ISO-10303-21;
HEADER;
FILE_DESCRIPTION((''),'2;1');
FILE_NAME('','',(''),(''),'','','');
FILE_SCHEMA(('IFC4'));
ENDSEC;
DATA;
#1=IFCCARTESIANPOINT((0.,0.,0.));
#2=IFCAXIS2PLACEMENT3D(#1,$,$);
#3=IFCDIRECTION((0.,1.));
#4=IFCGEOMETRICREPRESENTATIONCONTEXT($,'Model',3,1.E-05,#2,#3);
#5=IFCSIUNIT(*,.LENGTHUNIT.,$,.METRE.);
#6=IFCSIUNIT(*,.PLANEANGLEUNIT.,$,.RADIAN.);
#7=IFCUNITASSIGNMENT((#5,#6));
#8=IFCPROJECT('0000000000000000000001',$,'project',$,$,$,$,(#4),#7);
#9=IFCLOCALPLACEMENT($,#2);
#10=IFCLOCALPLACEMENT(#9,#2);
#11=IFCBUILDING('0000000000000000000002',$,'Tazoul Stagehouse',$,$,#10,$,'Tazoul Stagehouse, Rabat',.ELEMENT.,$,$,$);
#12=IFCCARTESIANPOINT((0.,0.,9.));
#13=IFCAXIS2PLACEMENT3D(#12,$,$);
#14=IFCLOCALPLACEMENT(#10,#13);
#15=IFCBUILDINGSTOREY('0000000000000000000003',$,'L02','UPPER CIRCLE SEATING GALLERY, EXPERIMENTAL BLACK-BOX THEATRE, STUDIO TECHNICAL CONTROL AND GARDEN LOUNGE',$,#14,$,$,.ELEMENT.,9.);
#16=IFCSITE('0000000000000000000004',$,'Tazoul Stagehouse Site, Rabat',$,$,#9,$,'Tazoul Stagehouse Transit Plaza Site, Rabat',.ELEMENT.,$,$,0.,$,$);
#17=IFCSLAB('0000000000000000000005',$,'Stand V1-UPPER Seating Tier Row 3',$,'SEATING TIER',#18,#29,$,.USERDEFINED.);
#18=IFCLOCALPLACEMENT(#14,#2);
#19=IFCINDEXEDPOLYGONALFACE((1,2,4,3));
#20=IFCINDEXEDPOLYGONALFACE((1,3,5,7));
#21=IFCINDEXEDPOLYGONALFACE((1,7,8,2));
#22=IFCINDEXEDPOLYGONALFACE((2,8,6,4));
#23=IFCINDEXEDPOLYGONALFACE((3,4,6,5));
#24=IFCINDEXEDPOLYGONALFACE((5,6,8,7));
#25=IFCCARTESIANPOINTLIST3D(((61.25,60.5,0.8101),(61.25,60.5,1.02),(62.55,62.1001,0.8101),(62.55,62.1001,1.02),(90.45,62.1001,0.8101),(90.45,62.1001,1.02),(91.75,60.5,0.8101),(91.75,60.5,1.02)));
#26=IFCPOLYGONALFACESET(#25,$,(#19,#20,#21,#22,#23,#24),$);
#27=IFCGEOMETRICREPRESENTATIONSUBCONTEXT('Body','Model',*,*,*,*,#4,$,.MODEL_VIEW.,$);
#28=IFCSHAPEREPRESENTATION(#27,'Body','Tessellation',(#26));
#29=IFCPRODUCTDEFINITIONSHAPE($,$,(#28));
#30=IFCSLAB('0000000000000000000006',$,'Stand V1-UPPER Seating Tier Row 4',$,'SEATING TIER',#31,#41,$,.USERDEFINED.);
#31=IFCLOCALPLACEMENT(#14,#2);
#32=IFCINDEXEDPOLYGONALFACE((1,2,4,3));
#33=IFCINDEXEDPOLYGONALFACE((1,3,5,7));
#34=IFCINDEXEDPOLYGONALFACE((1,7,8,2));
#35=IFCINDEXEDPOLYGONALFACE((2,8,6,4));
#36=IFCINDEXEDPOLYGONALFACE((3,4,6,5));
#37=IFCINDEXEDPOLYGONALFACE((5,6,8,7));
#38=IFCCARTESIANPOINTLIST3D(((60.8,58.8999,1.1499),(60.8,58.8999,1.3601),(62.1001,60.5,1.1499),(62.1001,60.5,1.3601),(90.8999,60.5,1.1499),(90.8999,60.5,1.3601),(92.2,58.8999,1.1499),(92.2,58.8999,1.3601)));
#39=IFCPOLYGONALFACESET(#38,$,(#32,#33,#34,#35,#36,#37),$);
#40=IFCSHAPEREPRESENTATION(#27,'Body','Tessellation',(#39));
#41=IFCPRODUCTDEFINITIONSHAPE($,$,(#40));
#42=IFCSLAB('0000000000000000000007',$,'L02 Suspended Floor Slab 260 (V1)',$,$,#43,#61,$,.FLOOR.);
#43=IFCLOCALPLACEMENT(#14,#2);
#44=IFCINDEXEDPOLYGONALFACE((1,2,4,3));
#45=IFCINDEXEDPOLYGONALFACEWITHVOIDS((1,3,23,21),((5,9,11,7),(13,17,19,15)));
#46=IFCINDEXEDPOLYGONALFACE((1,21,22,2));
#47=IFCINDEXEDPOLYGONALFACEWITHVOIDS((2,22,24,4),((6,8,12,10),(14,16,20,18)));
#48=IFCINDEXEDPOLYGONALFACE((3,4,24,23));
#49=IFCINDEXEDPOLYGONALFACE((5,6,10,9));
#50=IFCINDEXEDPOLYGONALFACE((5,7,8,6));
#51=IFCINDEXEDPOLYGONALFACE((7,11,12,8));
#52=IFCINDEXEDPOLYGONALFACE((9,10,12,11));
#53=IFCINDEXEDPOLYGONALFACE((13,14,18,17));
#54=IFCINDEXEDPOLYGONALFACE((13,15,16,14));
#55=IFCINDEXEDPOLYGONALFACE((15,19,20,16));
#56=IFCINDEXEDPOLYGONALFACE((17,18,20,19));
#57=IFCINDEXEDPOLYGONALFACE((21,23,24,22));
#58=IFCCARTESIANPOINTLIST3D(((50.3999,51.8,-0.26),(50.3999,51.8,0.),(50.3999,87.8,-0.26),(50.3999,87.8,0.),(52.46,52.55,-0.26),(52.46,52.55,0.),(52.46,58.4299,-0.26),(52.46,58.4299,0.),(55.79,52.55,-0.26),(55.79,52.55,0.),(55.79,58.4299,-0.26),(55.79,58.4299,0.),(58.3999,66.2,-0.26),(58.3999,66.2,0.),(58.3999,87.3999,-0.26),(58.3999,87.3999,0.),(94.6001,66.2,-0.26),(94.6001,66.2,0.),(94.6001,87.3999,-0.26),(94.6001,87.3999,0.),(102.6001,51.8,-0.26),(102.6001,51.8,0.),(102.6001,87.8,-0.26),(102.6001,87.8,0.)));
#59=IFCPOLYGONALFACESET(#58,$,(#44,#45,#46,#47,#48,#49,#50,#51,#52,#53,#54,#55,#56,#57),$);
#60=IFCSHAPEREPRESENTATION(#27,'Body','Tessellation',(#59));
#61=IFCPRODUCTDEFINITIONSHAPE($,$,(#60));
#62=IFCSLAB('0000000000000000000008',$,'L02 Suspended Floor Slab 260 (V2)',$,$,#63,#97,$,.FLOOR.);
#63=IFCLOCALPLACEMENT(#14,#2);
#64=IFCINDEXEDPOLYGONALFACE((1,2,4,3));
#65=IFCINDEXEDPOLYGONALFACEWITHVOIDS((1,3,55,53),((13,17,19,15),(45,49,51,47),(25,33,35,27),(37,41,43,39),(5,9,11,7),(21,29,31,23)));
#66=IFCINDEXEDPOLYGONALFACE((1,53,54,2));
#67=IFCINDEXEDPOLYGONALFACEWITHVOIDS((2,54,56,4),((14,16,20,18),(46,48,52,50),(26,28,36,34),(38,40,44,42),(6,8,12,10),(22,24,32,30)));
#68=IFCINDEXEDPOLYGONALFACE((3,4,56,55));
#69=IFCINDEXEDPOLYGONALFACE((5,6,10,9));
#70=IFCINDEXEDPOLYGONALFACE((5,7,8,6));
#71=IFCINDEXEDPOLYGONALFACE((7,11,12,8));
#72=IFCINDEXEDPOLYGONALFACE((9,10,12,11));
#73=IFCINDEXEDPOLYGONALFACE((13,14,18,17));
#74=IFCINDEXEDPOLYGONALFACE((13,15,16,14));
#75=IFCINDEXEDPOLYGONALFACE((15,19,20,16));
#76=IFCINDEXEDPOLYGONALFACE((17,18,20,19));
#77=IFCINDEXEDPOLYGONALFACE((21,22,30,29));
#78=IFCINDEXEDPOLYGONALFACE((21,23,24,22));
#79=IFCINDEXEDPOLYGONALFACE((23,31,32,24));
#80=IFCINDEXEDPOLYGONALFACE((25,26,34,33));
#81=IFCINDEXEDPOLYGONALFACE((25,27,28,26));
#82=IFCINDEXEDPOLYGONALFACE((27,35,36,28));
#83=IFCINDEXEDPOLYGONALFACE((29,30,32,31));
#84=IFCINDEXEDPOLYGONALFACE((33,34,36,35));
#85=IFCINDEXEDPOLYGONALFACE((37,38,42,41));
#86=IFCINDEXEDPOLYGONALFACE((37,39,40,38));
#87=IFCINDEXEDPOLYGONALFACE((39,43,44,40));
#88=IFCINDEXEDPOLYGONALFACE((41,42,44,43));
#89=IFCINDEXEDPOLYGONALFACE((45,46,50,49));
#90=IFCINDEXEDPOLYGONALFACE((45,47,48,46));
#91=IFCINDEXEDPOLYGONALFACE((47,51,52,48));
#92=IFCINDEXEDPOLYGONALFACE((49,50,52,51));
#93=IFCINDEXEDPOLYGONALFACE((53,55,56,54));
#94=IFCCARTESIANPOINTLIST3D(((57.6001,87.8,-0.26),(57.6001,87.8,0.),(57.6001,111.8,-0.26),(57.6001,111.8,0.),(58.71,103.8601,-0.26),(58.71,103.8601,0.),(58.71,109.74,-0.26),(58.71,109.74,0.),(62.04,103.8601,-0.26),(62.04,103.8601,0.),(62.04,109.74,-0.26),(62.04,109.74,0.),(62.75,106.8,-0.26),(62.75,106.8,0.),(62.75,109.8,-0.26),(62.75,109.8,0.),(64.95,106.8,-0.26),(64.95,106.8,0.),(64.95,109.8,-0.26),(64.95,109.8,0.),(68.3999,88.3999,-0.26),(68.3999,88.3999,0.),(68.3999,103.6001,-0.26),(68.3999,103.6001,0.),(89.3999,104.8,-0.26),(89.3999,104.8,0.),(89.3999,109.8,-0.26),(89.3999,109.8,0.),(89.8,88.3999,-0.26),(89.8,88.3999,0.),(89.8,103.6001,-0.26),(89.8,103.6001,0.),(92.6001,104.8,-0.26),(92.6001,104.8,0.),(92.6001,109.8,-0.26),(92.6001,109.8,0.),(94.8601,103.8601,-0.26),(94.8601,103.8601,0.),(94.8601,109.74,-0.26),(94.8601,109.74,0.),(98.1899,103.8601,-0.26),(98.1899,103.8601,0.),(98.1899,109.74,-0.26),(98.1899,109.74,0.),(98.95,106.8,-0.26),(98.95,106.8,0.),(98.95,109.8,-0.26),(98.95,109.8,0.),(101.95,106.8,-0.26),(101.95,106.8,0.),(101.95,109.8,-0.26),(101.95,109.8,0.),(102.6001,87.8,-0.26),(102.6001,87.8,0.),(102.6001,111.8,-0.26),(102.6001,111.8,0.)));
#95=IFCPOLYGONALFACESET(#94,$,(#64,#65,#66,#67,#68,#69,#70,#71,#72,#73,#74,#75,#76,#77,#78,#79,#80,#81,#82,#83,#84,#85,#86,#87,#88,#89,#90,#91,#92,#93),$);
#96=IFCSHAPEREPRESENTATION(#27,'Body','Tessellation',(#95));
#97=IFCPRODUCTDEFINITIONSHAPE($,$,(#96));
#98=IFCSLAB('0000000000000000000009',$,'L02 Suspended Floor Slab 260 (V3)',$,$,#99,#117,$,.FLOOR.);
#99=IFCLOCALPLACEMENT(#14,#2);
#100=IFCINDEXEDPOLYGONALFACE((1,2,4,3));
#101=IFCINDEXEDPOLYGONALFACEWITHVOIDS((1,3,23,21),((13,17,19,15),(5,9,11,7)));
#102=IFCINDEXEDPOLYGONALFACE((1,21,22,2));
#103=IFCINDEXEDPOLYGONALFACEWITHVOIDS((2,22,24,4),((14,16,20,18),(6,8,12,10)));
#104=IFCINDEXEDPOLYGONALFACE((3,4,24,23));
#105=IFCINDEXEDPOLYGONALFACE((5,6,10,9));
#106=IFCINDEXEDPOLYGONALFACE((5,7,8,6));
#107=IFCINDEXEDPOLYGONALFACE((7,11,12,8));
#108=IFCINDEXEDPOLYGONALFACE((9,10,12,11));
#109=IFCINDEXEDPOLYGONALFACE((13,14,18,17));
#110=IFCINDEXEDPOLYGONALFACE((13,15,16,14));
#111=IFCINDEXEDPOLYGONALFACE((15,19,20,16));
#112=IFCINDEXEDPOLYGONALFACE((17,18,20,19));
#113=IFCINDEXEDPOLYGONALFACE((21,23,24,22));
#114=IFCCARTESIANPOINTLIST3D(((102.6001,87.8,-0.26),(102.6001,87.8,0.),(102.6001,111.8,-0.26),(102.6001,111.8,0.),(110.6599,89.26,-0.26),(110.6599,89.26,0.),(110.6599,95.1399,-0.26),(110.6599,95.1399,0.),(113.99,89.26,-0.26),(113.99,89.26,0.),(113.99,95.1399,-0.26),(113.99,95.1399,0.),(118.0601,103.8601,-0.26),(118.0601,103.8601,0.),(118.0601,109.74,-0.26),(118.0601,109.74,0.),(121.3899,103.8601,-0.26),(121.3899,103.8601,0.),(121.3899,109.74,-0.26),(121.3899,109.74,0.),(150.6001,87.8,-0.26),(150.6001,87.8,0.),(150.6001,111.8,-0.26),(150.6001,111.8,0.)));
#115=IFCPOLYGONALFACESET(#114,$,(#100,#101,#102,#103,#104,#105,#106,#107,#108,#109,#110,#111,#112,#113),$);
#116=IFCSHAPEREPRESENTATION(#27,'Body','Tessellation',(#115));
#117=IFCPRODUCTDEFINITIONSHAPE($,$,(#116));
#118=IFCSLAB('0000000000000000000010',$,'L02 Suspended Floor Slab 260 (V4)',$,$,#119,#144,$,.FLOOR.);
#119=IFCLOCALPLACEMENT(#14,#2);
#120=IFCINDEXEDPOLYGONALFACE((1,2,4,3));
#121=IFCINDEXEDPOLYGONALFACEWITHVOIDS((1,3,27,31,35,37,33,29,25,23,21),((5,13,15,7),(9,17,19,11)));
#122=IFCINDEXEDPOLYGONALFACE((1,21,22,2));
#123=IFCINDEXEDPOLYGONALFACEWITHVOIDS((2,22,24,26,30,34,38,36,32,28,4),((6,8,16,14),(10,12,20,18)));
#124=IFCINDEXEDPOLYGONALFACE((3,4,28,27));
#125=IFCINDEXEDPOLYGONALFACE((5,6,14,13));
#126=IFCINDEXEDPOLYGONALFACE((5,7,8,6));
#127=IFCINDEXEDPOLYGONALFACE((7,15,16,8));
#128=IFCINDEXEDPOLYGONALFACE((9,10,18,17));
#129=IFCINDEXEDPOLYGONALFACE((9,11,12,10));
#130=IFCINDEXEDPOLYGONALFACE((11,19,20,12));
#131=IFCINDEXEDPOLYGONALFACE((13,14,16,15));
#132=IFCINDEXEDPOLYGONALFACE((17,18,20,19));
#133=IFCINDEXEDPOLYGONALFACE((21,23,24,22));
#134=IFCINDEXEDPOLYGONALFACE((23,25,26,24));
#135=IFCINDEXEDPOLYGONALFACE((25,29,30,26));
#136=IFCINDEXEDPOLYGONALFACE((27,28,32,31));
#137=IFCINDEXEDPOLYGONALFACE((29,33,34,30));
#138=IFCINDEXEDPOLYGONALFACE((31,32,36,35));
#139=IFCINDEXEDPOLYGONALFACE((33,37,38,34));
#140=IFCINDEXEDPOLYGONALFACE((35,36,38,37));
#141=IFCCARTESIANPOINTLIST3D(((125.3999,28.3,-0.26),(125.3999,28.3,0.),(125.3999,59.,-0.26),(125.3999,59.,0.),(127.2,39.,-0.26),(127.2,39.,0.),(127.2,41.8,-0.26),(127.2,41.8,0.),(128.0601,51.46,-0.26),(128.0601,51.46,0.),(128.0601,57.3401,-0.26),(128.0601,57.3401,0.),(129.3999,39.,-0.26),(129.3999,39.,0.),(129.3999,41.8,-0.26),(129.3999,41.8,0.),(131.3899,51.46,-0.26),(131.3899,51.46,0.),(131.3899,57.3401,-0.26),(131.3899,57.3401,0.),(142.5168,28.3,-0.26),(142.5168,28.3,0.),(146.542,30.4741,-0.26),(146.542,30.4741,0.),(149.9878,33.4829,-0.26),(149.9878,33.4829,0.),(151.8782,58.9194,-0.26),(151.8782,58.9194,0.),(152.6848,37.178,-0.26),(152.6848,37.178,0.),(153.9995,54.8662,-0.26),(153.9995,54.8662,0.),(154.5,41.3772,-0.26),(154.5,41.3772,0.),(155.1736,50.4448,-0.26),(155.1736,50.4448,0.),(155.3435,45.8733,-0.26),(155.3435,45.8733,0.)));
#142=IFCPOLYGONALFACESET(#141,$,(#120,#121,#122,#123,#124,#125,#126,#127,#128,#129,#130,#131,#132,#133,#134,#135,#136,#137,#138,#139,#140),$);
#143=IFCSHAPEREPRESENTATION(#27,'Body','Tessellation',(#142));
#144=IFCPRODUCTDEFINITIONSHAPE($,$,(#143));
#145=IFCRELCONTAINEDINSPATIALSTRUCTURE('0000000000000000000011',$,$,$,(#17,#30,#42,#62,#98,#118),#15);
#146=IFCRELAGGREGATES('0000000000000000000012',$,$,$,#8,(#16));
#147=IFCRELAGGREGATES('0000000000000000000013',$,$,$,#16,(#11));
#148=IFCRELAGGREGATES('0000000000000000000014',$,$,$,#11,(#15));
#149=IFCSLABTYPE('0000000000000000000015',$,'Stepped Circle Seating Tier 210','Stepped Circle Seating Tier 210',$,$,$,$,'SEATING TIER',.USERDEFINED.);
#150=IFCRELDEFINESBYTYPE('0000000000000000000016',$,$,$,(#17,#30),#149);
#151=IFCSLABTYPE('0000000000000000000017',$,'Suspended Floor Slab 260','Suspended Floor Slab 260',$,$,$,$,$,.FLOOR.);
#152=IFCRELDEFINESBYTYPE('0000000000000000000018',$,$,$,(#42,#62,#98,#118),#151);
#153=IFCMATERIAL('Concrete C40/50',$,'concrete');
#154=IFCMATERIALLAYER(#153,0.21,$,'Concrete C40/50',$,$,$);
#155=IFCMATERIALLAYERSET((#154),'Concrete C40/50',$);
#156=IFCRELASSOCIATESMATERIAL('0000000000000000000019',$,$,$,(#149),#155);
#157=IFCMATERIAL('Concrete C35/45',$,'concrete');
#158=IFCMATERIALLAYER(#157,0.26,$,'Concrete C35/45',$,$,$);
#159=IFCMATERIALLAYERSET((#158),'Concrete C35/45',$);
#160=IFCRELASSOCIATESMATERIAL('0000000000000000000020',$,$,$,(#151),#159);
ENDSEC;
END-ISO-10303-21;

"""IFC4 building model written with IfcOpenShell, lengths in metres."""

from ifc_helpers import new_model, si_unit, direction, frame, origin, place, context, subcontext, project, spatial, polyline, outline, extrude, material, layer, layer_set, type_object, element, save


model = new_model("IFC4")

# Units and contexts
model_context = context("Model", 3, precision=1e-05, world=origin(), true_north=direction((0.0, 1.0)))
body_context = subcontext(model_context, "Body", "Model", "MODEL_VIEW")
ifc_project = project(units=[si_unit("LENGTHUNIT", "METRE"), si_unit("PLANEANGLEUNIT", "RADIAN")], contexts=[model_context])

# Site, building, storey
site_placement = place(None, origin())
site = spatial("IfcSite", under=ifc_project, at=site_placement, Name="Tazoul Stagehouse Site, Rabat", LongName="Tazoul Stagehouse Transit Plaza Site, Rabat", CompositionType="ELEMENT", RefElevation=0.0)
building_placement = place(site_placement, origin())
building = spatial("IfcBuilding", under=site, at=building_placement, Name="Tazoul Stagehouse", LongName="Tazoul Stagehouse, Rabat", CompositionType="ELEMENT")
storey_placement = place(building_placement, frame((0.0, 0.0, 9.0)))
storey = spatial("IfcBuildingStorey", under=building, at=storey_placement, Name="L02", Description="UPPER CIRCLE SEATING GALLERY, EXPERIMENTAL BLACK-BOX THEATRE, STUDIO TECHNICAL CONTROL AND GARDEN LOUNGE", CompositionType="ELEMENT", Elevation=9.0)

# Shared definitions
ifc_material_1 = material(Name="Concrete C40/50", Category="concrete")

# Slabs
ifc_material_2 = material(Name="Concrete C35/45", Category="concrete")
ifc_layer_1 = layer(ifc_material_1, 0.21, Name="Concrete C40/50")
ifc_layer_set_1 = layer_set([ifc_layer_1], Name="Concrete C40/50")
slab_type_1 = type_object("IfcSlabType", Name="Stepped Circle Seating Tier 210", Description="Stepped Circle Seating Tier 210", ElementType="SEATING TIER", PredefinedType="USERDEFINED", material=ifc_layer_set_1)
slab_1_placement = place(storey_placement, frame((0.0, 0.0, 0.8101)))
element("IfcSlab", 1, at=slab_1_placement, inside=storey, type_object=slab_type_1, Name="Stand V1-UPPER Seating Tier Row 3", ObjectType="SEATING TIER", PredefinedType="USERDEFINED", context=body_context, shape_type="SweptSolid", body=[
    extrude(outline(polyline([(61.25, 60.5), (91.75, 60.5), (90.45, 62.1001), (62.55, 62.1001), (61.25, 60.5)])), origin(), (0.0, 0.0, 1.0), 0.21),
])
slab_2_placement = place(storey_placement, frame((0.0, 0.0, 1.1499)))
element("IfcSlab", 2, at=slab_2_placement, inside=storey, type_object=slab_type_1, Name="Stand V1-UPPER Seating Tier Row 4", ObjectType="SEATING TIER", PredefinedType="USERDEFINED", context=body_context, shape_type="SweptSolid", body=[
    extrude(outline(polyline([(60.8, 58.8999), (92.2, 58.8999), (90.8999, 60.5), (62.1001, 60.5), (60.8, 58.8999)])), origin(), (0.0, 0.0, 1.0), 0.2102),
])
ifc_layer_2 = layer(ifc_material_2, 0.26, Name="Concrete C35/45")
ifc_layer_set_2 = layer_set([ifc_layer_2], Name="Concrete C35/45")
slab_type_2 = type_object("IfcSlabType", Name="Suspended Floor Slab 260", Description="Suspended Floor Slab 260", PredefinedType="FLOOR", material=ifc_layer_set_2)
slab_3_placement = place(storey_placement, frame((0.0, 0.0, -0.26)))
element("IfcSlab", 3, at=slab_3_placement, inside=storey, type_object=slab_type_2, Name="L02 Suspended Floor Slab 260 (V1)", PredefinedType="FLOOR", context=body_context, shape_type="SweptSolid", body=[
    extrude(outline(polyline([(50.3999, 51.8), (50.3999, 87.8), (102.6001, 87.8), (102.6001, 51.8), (50.3999, 51.8)]), holes=[polyline([(55.79, 52.55), (52.46, 52.55), (52.46, 58.4299), (55.79, 58.4299), (55.79, 52.55)]), polyline([(58.3999, 87.3999), (94.6001, 87.3999), (94.6001, 66.2), (58.3999, 66.2), (58.3999, 87.3999)])]), origin(), (0.0, 0.0, 1.0), 0.26),
])
slab_4_placement = place(storey_placement, frame((0.0, 0.0, -0.26)))
element("IfcSlab", 4, at=slab_4_placement, inside=storey, type_object=slab_type_2, Name="L02 Suspended Floor Slab 260 (V2)", PredefinedType="FLOOR", context=body_context, shape_type="SweptSolid", body=[
    extrude(outline(polyline([(57.6001, 87.8), (57.6001, 111.8), (102.6001, 111.8), (102.6001, 87.8), (57.6001, 87.8)]), holes=[polyline([(68.3999, 103.6001), (89.8, 103.6001), (89.8, 88.3999), (68.3999, 88.3999), (68.3999, 103.6001)]), polyline([(58.71, 109.74), (62.04, 109.74), (62.04, 103.8601), (58.71, 103.8601), (58.71, 109.74)]), polyline([(62.75, 109.8), (64.95, 109.8), (64.95, 106.8), (62.75, 106.8), (62.75, 109.8)]), polyline([(94.8601, 109.74), (98.1899, 109.74), (98.1899, 103.8601), (94.8601, 103.8601), (94.8601, 109.74)]), polyline([(89.3999, 109.8), (92.6001, 109.8), (92.6001, 104.8), (89.3999, 104.8), (89.3999, 109.8)]), polyline([(98.95, 109.8), (101.95, 109.8), (101.95, 106.8), (98.95, 106.8), (98.95, 109.8)])]), origin(), (0.0, 0.0, 1.0), 0.26),
])
slab_5_placement = place(storey_placement, frame((0.0, 0.0, -0.26)))
element("IfcSlab", 5, at=slab_5_placement, inside=storey, type_object=slab_type_2, Name="L02 Suspended Floor Slab 260 (V3)", PredefinedType="FLOOR", context=body_context, shape_type="SweptSolid", body=[
    extrude(outline(polyline([(102.6001, 87.8), (102.6001, 111.8), (150.6001, 111.8), (150.6001, 87.8), (102.6001, 87.8)]), holes=[polyline([(113.99, 89.26), (110.6599, 89.26), (110.6599, 95.1399), (113.99, 95.1399), (113.99, 89.26)]), polyline([(118.0601, 103.8601), (118.0601, 109.74), (121.3899, 109.74), (121.3899, 103.8601), (118.0601, 103.8601)])]), origin(), (0.0, 0.0, 1.0), 0.26),
])
slab_6_placement = place(storey_placement, frame((0.0, 0.0, -0.26)))
element("IfcSlab", 6, at=slab_6_placement, inside=storey, type_object=slab_type_2, Name="L02 Suspended Floor Slab 260 (V4)", PredefinedType="FLOOR", context=body_context, shape_type="SweptSolid", body=[
    extrude(outline(polyline([(125.3999, 59.0), (151.8782, 58.9194), (153.9995, 54.8662), (155.1736, 50.4448), (155.3435, 45.8733), (154.5, 41.3772), (152.6848, 37.178), (149.9878, 33.4829), (146.542, 30.4741), (142.5168, 28.3), (125.3999, 28.3), (125.3999, 59.0)]), holes=[polyline([(127.2, 39.0), (127.2, 41.8), (129.3999, 41.8), (129.3999, 39.0), (127.2, 39.0)]), polyline([(128.0601, 51.46), (128.0601, 57.3401), (131.3899, 57.3401), (131.3899, 51.46), (128.0601, 51.46)])]), origin(), (0.0, 0.0, 1.0), 0.26),
])

save(model, "model.ifc")
